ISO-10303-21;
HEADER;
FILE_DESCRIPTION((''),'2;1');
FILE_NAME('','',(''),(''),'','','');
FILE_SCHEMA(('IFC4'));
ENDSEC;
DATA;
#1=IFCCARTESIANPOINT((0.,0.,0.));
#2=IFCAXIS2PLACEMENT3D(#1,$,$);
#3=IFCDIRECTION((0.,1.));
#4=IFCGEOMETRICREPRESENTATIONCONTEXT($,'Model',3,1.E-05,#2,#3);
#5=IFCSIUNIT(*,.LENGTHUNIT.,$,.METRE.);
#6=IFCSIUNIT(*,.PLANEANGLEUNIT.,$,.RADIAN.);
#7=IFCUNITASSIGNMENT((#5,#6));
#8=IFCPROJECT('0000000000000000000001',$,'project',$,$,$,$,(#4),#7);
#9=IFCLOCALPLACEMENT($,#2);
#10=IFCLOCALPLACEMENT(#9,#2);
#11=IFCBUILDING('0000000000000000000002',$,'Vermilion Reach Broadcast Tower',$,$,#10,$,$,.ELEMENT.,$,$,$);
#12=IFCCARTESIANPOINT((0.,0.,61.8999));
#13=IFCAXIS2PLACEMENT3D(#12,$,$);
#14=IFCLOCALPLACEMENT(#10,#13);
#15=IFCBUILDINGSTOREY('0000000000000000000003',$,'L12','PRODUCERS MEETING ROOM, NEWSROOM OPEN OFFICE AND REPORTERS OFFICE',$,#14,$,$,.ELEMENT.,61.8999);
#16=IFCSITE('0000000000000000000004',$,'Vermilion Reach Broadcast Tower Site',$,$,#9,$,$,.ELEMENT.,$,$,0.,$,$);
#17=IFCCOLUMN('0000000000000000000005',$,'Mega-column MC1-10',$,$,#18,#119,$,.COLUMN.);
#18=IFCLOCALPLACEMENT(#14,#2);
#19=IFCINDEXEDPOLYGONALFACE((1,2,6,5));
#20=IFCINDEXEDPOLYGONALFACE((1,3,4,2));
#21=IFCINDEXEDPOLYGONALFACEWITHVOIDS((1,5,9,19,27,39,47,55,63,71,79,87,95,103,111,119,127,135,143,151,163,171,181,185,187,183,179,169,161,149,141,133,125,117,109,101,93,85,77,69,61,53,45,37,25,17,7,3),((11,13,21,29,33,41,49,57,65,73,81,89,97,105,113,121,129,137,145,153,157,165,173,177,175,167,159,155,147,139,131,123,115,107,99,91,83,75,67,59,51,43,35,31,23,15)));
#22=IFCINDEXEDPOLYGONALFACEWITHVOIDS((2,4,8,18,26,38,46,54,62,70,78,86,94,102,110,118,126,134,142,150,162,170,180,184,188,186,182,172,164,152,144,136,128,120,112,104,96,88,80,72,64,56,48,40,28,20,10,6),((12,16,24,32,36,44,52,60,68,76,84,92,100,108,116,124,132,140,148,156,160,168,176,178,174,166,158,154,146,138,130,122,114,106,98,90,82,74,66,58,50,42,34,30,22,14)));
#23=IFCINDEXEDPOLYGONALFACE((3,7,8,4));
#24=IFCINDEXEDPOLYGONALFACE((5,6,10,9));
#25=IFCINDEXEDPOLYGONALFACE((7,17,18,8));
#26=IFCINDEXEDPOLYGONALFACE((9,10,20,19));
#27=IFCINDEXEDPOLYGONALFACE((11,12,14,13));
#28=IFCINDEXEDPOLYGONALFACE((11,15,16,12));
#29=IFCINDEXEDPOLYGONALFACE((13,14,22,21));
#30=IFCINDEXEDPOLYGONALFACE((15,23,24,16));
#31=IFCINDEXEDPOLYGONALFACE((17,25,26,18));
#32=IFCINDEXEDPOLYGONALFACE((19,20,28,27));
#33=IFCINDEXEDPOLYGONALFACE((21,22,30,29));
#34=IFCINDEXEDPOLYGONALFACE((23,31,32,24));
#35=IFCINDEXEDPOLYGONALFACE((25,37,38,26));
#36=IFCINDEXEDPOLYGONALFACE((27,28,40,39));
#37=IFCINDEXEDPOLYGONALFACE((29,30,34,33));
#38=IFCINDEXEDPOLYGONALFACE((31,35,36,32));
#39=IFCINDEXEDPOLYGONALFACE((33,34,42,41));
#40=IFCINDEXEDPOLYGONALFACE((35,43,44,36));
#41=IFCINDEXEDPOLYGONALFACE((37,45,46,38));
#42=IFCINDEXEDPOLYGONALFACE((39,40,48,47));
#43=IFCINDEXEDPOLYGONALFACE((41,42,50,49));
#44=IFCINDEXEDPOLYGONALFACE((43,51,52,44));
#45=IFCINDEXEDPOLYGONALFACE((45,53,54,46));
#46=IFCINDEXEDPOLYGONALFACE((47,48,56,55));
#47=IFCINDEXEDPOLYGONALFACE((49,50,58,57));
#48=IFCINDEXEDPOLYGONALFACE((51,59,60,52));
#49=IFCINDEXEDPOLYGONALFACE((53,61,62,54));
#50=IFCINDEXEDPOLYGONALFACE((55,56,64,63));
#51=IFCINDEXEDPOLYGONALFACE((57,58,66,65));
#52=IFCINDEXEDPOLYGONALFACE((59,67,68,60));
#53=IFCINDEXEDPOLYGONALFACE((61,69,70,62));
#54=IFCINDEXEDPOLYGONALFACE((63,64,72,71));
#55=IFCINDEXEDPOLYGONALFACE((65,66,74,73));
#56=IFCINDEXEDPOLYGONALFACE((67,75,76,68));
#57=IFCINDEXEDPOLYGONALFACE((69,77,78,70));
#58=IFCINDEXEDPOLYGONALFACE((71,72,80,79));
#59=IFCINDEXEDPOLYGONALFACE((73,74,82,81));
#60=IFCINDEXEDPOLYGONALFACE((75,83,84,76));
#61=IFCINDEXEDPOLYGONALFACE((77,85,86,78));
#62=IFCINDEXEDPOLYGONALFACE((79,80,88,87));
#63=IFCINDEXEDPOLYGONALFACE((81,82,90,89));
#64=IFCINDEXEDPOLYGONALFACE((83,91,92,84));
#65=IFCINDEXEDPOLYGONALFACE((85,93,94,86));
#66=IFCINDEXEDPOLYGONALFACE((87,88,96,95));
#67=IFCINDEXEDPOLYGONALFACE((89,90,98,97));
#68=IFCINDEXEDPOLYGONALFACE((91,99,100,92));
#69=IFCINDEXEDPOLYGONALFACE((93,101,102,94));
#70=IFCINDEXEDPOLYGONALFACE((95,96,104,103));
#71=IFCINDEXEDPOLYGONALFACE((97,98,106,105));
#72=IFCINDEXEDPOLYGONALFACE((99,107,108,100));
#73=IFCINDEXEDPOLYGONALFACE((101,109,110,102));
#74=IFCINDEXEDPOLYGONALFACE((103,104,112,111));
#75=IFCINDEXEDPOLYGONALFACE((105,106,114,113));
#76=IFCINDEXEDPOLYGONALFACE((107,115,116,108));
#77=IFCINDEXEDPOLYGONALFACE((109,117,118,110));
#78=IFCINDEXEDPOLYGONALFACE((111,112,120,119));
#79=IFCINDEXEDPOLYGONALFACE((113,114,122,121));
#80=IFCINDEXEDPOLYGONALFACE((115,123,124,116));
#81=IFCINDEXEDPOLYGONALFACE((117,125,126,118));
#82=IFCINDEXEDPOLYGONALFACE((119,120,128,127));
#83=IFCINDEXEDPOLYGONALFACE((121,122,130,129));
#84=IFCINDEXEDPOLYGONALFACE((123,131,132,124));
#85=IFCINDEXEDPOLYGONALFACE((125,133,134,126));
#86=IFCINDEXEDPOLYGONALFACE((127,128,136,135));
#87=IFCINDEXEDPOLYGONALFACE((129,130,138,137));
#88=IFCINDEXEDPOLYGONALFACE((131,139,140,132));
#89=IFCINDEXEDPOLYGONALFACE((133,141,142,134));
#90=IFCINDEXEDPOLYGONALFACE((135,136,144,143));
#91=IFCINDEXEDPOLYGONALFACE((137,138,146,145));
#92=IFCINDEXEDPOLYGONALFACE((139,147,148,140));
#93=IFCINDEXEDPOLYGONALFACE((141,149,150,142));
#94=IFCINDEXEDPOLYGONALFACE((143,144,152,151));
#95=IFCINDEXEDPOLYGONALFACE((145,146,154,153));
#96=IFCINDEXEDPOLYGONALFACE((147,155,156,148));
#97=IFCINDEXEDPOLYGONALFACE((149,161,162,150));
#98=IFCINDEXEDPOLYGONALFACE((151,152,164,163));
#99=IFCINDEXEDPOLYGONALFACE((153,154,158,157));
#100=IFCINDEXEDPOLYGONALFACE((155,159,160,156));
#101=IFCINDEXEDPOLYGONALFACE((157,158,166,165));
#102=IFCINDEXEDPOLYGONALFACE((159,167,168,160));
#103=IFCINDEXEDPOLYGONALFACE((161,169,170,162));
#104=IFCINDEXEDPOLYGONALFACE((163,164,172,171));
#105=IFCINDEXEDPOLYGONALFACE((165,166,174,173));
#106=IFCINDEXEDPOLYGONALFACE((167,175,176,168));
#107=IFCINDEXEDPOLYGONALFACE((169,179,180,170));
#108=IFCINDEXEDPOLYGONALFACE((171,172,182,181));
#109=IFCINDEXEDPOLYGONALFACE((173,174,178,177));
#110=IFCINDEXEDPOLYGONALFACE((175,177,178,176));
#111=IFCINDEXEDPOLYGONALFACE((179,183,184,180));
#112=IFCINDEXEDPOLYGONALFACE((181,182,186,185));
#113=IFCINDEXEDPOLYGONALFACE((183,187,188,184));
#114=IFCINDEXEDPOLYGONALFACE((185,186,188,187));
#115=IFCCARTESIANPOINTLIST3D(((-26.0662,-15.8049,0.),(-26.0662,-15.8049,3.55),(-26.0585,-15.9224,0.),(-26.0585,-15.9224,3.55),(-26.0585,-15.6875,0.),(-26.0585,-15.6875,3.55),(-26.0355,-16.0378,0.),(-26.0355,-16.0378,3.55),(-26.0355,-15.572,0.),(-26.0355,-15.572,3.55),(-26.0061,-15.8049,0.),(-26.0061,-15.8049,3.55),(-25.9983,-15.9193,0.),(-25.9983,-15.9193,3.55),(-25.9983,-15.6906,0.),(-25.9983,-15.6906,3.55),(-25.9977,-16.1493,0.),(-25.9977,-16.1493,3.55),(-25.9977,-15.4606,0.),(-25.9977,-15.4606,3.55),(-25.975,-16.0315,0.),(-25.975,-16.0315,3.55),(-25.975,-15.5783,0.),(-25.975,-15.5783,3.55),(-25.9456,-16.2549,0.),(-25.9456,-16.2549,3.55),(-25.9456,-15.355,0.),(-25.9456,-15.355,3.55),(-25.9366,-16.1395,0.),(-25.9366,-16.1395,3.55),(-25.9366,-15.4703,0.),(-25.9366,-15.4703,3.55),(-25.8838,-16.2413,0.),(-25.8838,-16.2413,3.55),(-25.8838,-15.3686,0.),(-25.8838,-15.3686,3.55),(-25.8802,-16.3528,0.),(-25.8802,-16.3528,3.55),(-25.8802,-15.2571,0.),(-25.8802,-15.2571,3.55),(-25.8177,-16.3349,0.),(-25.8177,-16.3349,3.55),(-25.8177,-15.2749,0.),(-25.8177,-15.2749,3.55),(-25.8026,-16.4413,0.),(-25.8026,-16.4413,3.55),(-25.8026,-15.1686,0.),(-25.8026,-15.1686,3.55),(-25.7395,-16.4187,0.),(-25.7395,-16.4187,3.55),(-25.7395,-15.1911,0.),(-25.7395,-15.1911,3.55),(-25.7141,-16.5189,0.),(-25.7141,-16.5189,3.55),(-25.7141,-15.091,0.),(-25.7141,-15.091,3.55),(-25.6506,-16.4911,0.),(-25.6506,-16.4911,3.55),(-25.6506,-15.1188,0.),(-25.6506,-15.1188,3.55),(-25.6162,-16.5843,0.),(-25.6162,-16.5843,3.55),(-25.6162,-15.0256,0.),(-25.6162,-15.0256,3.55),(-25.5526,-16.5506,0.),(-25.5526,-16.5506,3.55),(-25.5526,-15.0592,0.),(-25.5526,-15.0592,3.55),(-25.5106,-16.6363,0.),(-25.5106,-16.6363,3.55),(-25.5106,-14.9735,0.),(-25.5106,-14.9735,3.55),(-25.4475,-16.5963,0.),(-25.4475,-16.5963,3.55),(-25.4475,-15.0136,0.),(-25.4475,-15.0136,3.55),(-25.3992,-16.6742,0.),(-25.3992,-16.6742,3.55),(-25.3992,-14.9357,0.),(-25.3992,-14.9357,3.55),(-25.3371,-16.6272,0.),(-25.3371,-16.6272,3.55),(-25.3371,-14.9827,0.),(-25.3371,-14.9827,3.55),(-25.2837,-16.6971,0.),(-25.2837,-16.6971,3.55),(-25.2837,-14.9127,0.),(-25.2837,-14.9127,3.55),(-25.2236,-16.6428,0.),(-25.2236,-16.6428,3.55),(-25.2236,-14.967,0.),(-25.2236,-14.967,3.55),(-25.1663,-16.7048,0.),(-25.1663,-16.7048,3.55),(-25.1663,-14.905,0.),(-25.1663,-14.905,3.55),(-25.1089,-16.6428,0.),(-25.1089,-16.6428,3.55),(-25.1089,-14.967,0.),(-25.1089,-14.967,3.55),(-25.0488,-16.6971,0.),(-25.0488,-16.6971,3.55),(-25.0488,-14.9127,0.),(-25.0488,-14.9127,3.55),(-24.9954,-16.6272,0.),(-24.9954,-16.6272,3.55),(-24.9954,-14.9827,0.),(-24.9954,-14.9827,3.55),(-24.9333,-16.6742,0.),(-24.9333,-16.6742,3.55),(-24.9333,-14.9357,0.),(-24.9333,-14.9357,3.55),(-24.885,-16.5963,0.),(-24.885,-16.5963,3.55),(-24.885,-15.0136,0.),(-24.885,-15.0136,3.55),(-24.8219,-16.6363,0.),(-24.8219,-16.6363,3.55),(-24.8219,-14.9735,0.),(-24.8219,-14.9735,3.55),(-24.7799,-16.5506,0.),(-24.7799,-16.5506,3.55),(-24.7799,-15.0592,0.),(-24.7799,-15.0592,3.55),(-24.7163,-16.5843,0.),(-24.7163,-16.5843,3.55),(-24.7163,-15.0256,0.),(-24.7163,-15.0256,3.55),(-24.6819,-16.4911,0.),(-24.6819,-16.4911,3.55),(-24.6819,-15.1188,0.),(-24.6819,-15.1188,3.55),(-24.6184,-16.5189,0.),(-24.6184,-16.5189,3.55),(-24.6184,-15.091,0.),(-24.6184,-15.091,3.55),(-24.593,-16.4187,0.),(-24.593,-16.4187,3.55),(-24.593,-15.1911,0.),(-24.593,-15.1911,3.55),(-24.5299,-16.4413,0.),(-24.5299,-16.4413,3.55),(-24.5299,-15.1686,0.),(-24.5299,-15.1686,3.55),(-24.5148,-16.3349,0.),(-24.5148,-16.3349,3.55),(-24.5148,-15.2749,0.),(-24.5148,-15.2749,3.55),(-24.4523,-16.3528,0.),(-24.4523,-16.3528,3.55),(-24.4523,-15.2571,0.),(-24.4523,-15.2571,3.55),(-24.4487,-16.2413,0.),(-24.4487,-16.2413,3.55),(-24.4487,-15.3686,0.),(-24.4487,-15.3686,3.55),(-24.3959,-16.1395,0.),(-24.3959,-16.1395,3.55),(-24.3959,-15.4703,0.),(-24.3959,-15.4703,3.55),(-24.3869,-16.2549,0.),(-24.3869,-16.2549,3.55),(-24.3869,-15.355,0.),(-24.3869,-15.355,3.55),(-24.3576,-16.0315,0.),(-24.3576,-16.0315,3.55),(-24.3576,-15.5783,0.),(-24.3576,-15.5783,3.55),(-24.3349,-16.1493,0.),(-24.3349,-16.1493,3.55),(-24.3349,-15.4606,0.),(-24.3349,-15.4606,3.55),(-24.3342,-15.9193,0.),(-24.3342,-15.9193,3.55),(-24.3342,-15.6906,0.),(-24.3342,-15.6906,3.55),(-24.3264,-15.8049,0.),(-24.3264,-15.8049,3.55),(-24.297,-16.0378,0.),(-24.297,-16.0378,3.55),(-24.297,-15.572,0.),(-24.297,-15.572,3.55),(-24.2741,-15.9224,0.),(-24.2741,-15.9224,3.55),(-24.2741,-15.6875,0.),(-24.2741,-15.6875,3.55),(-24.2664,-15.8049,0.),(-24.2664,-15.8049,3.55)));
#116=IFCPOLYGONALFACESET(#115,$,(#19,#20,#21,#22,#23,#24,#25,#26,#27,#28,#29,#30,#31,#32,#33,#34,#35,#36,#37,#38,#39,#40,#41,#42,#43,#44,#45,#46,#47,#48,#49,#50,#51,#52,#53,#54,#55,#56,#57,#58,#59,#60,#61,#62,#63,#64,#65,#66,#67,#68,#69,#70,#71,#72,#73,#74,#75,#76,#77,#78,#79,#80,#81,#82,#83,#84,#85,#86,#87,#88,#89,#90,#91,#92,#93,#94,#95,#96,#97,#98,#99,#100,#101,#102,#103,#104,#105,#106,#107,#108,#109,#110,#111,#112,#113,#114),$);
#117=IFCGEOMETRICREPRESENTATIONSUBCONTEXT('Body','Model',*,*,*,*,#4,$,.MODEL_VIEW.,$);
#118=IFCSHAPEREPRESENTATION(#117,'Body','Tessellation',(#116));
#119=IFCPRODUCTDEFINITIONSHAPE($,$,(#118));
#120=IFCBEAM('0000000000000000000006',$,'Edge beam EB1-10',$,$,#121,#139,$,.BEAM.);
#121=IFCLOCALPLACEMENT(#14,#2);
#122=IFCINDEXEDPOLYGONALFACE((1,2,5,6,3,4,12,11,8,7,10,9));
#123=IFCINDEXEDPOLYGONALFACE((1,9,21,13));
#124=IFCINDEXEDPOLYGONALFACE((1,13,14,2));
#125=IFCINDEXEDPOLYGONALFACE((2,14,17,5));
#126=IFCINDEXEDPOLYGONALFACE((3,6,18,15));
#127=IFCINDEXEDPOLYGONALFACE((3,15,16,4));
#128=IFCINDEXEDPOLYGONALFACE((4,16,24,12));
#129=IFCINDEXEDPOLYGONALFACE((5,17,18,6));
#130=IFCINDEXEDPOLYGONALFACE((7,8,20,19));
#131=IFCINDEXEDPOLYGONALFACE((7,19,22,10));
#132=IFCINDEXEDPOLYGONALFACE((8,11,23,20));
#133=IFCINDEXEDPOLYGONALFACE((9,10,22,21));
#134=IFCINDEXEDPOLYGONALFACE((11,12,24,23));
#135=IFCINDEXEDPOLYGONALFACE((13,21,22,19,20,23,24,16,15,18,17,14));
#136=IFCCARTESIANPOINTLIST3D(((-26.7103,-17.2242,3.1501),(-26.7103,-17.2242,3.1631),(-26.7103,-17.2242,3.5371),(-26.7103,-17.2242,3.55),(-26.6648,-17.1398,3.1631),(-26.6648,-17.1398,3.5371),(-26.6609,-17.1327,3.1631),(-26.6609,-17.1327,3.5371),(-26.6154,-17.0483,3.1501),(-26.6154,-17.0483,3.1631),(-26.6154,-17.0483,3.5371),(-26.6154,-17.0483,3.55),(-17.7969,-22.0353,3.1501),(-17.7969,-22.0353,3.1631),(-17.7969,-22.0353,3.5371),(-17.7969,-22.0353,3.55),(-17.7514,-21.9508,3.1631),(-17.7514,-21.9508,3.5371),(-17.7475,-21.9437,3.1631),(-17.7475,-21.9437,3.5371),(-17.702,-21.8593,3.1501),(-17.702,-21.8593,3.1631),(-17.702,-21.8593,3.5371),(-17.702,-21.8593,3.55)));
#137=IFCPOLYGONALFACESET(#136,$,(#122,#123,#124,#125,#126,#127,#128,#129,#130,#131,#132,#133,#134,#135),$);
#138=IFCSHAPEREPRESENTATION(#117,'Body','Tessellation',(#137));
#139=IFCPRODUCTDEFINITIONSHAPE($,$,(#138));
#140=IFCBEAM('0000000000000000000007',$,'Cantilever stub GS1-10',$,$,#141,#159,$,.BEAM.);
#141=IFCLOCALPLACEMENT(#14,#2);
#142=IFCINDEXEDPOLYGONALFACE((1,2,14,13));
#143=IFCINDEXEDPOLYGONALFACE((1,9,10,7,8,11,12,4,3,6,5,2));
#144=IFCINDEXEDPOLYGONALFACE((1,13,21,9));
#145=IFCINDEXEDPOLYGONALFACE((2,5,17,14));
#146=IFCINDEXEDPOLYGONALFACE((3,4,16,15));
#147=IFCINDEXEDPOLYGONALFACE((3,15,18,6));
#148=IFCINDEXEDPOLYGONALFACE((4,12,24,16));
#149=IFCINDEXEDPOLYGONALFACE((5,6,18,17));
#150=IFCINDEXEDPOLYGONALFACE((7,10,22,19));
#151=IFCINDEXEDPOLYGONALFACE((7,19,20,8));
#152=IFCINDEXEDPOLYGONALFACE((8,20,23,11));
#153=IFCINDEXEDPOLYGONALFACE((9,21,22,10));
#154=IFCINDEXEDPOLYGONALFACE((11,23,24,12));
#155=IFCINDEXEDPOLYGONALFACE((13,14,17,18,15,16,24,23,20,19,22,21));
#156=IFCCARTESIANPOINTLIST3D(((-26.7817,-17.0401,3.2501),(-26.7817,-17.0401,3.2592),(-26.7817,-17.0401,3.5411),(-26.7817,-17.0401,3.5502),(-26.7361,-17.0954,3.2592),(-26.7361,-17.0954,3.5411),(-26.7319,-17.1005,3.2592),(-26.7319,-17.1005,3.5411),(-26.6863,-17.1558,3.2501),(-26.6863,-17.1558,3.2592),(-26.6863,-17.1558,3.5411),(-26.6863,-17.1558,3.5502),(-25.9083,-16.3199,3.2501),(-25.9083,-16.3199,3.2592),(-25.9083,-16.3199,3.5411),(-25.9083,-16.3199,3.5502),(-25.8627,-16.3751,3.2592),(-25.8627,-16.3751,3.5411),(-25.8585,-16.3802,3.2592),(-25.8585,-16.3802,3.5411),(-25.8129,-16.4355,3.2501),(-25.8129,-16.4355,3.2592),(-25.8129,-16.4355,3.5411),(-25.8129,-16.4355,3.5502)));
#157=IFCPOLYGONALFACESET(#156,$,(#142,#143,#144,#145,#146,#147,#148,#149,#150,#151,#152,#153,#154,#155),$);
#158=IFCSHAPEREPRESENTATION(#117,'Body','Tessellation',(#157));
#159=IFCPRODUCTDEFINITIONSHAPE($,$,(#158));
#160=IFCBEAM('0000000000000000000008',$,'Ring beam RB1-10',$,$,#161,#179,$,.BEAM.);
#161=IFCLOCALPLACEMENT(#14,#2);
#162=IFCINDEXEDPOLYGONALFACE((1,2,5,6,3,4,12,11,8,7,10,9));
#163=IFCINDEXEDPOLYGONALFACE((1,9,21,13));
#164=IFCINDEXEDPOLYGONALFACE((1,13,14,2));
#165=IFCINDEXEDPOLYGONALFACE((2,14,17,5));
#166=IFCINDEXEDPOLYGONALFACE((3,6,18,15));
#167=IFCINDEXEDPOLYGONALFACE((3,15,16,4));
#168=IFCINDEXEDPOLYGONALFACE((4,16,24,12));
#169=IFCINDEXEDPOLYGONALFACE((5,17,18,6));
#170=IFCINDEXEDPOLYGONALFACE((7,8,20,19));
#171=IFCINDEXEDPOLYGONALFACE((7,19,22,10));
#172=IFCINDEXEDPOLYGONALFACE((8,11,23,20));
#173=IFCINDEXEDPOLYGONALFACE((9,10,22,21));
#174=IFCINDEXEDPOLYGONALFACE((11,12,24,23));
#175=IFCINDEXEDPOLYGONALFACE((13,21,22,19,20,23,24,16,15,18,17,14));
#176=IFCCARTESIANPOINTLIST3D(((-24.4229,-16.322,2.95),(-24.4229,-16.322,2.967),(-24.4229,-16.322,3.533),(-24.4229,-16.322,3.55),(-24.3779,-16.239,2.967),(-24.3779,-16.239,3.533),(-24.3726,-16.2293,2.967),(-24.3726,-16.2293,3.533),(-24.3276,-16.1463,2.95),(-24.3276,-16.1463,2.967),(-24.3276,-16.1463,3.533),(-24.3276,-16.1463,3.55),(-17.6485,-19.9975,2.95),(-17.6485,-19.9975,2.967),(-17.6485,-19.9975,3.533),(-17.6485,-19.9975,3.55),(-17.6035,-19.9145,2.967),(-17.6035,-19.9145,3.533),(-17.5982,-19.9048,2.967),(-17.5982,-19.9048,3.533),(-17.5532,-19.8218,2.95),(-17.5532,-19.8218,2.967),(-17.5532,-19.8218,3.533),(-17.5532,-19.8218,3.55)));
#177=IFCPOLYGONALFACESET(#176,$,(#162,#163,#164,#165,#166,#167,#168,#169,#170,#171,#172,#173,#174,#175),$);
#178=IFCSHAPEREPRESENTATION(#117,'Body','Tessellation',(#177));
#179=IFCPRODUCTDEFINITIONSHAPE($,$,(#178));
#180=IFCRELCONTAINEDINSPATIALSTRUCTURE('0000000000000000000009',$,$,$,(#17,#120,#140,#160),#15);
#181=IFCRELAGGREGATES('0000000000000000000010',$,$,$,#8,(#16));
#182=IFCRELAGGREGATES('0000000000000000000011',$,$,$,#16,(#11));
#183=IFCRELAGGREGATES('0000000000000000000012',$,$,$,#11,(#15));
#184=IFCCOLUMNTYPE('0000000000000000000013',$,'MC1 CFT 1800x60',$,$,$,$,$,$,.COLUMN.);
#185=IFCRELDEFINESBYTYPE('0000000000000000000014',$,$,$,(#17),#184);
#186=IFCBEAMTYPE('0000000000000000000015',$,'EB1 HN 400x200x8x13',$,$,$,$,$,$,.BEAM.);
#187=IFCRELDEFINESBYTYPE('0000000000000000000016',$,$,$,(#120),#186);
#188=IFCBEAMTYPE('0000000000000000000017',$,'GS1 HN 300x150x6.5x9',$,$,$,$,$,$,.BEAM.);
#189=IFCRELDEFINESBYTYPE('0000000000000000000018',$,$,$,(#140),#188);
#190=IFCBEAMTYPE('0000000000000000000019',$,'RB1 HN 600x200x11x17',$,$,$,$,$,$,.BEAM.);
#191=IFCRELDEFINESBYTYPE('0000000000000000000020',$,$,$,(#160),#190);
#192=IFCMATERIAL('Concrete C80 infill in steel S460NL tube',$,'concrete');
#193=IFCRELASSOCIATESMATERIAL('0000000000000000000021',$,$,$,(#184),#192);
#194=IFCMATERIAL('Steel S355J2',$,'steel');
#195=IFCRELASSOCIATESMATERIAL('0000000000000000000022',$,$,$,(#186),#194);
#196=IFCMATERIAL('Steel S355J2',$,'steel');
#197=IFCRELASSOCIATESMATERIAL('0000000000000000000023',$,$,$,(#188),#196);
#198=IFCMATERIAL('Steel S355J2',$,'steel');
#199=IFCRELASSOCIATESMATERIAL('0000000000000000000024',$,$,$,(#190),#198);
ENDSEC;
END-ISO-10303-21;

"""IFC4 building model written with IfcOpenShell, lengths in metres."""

from ifc_helpers import new_model, si_unit, direction, frame, origin, origin_2d, place, context, subcontext, project, spatial, hollow_circle, i_section, extrude, material, material_profile, profile_set, type_object, element, save


model = new_model("IFC4")

# Units and contexts
model_context = context("Model", 3, precision=1e-05, world=origin(), true_north=direction((0.0, 1.0)))
body_context = subcontext(model_context, "Body", "Model", "MODEL_VIEW")
ifc_project = project(units=[si_unit("LENGTHUNIT", "METRE"), si_unit("PLANEANGLEUNIT", "RADIAN")], contexts=[model_context])

# Site, building, storey
site_placement = place(None, origin())
site = spatial("IfcSite", under=ifc_project, at=site_placement, Name="Vermilion Reach Broadcast Tower Site", CompositionType="ELEMENT", RefElevation=0.0)
building_placement = place(site_placement, origin())
building = spatial("IfcBuilding", under=site, at=building_placement, Name="Vermilion Reach Broadcast Tower", CompositionType="ELEMENT")
storey_placement = place(building_placement, frame((0.0, 0.0, 61.8999)))
storey = spatial("IfcBuildingStorey", under=building, at=storey_placement, Name="L12", Description="PRODUCERS MEETING ROOM, NEWSROOM OPEN OFFICE AND REPORTERS OFFICE", CompositionType="ELEMENT", Elevation=61.8999)

# Column
ifc_material_1 = material(Name="Concrete C80 infill in steel S460NL tube", Category="concrete")
ifc_material_profile_1 = material_profile(ifc_material_1, hollow_circle(Radius=0.8999, WallThickness=0.0601, at=origin_2d()), Name="Concrete C80 infill in steel S460NL tube CFT 1800x60")
ifc_profile_set_1 = profile_set([ifc_material_profile_1], Name="Concrete C80 infill in steel S460NL tube")
column_type = type_object("IfcColumnType", Name="MC1 CFT 1800x60", PredefinedType="COLUMN", material=ifc_profile_set_1)
column_placement = place(storey_placement, frame((-25.1663, -15.8049, 0.0), z_axis=(0.0, 0.0, 1.0), x_axis=(1.0, 0.0, 0.0)))
element("IfcColumn", 1, at=column_placement, inside=storey, type_object=column_type, Name="Mega-column MC1-10", PredefinedType="COLUMN", context=body_context, shape_type="SweptSolid", body=[
    extrude(hollow_circle(Radius=0.8999, WallThickness=0.0601, at=origin_2d()), origin(), (0.0, 0.0, 1.0), 3.55),
])

# Beams
ifc_material_2 = material(Name="Steel S355J2", Category="steel")
ifc_material_profile_2 = material_profile(ifc_material_2, i_section(OverallWidth=0.2, OverallDepth=0.3999, WebThickness=0.0081, FlangeThickness=0.0129, at=origin_2d()), Name="S355J2 HN 400x200x8x13")
ifc_profile_set_2 = profile_set([ifc_material_profile_2], Name="Steel S355J2")
beam_type_1 = type_object("IfcBeamType", Name="EB1 HN 400x200x8x13", PredefinedType="BEAM", material=ifc_profile_set_2)
beam_1_placement = place(storey_placement, frame((-26.6628, -17.1362, 3.3501), z_axis=(0.879995, -0.474984, 0.0), x_axis=(0.474984, 0.879995, 0.0)))
element("IfcBeam", 2, at=beam_1_placement, inside=storey, type_object=beam_type_1, Name="Edge beam EB1-10", PredefinedType="BEAM", context=body_context, shape_type="SweptSolid", body=[
    extrude(i_section(OverallWidth=0.2, OverallDepth=0.3999, WebThickness=0.0081, FlangeThickness=0.0129, at=origin_2d()), origin(), (0.0, 0.0, 1.0), 10.1289),
])
ifc_material_3 = material(Name="Steel S355J2", Category="steel")
ifc_material_profile_3 = material_profile(ifc_material_3, i_section(OverallWidth=0.1499, OverallDepth=0.3, WebThickness=0.0066, FlangeThickness=0.009, at=origin_2d()), Name="S355J2 HN 300x150x6.5x9")
ifc_profile_set_3 = profile_set([ifc_material_profile_3], Name="Steel S355J2")
beam_type_2 = type_object("IfcBeamType", Name="GS1 HN 300x150x6.5x9", PredefinedType="BEAM", material=ifc_profile_set_3)
beam_2_placement = place(storey_placement, frame((-25.8606, -16.3777, 3.4001), z_axis=(-0.771482, -0.636251, 0.0), x_axis=(0.636251, -0.771482, 0.0)))
element("IfcBeam", 3, at=beam_2_placement, inside=storey, type_object=beam_type_2, Name="Cantilever stub GS1-10", PredefinedType="BEAM", context=body_context, shape_type="SweptSolid", body=[
    extrude(i_section(OverallWidth=0.1499, OverallDepth=0.3, WebThickness=0.0066, FlangeThickness=0.009, at=origin_2d()), origin(), (0.0, 0.0, 1.0), 1.1321),
])
ifc_material_4 = material(Name="Steel S355J2", Category="steel")
ifc_material_profile_4 = material_profile(ifc_material_4, i_section(OverallWidth=0.2, OverallDepth=0.6001, WebThickness=0.011, FlangeThickness=0.0171, at=origin_2d()), Name="S355J2 HN 600x200x11x17")
ifc_profile_set_4 = profile_set([ifc_material_profile_4], Name="Steel S355J2")
beam_type_3 = type_object("IfcBeamType", Name="RB1 HN 600x200x11x17", PredefinedType="BEAM", material=ifc_profile_set_4)
beam_3_placement = place(storey_placement, frame((-24.3752, -16.2341, 3.25), z_axis=(0.878962, -0.476891, 0.0), x_axis=(0.476891, 0.878962, 0.0)))
element("IfcBeam", 4, at=beam_3_placement, inside=storey, type_object=beam_type_3, Name="Ring beam RB1-10", PredefinedType="BEAM", context=body_context, shape_type="SweptSolid", body=[
    extrude(i_section(OverallWidth=0.2, OverallDepth=0.6001, WebThickness=0.011, FlangeThickness=0.0171, at=origin_2d()), origin(), (0.0, 0.0, 1.0), 7.7073),
])

save(model, "model.ifc")
